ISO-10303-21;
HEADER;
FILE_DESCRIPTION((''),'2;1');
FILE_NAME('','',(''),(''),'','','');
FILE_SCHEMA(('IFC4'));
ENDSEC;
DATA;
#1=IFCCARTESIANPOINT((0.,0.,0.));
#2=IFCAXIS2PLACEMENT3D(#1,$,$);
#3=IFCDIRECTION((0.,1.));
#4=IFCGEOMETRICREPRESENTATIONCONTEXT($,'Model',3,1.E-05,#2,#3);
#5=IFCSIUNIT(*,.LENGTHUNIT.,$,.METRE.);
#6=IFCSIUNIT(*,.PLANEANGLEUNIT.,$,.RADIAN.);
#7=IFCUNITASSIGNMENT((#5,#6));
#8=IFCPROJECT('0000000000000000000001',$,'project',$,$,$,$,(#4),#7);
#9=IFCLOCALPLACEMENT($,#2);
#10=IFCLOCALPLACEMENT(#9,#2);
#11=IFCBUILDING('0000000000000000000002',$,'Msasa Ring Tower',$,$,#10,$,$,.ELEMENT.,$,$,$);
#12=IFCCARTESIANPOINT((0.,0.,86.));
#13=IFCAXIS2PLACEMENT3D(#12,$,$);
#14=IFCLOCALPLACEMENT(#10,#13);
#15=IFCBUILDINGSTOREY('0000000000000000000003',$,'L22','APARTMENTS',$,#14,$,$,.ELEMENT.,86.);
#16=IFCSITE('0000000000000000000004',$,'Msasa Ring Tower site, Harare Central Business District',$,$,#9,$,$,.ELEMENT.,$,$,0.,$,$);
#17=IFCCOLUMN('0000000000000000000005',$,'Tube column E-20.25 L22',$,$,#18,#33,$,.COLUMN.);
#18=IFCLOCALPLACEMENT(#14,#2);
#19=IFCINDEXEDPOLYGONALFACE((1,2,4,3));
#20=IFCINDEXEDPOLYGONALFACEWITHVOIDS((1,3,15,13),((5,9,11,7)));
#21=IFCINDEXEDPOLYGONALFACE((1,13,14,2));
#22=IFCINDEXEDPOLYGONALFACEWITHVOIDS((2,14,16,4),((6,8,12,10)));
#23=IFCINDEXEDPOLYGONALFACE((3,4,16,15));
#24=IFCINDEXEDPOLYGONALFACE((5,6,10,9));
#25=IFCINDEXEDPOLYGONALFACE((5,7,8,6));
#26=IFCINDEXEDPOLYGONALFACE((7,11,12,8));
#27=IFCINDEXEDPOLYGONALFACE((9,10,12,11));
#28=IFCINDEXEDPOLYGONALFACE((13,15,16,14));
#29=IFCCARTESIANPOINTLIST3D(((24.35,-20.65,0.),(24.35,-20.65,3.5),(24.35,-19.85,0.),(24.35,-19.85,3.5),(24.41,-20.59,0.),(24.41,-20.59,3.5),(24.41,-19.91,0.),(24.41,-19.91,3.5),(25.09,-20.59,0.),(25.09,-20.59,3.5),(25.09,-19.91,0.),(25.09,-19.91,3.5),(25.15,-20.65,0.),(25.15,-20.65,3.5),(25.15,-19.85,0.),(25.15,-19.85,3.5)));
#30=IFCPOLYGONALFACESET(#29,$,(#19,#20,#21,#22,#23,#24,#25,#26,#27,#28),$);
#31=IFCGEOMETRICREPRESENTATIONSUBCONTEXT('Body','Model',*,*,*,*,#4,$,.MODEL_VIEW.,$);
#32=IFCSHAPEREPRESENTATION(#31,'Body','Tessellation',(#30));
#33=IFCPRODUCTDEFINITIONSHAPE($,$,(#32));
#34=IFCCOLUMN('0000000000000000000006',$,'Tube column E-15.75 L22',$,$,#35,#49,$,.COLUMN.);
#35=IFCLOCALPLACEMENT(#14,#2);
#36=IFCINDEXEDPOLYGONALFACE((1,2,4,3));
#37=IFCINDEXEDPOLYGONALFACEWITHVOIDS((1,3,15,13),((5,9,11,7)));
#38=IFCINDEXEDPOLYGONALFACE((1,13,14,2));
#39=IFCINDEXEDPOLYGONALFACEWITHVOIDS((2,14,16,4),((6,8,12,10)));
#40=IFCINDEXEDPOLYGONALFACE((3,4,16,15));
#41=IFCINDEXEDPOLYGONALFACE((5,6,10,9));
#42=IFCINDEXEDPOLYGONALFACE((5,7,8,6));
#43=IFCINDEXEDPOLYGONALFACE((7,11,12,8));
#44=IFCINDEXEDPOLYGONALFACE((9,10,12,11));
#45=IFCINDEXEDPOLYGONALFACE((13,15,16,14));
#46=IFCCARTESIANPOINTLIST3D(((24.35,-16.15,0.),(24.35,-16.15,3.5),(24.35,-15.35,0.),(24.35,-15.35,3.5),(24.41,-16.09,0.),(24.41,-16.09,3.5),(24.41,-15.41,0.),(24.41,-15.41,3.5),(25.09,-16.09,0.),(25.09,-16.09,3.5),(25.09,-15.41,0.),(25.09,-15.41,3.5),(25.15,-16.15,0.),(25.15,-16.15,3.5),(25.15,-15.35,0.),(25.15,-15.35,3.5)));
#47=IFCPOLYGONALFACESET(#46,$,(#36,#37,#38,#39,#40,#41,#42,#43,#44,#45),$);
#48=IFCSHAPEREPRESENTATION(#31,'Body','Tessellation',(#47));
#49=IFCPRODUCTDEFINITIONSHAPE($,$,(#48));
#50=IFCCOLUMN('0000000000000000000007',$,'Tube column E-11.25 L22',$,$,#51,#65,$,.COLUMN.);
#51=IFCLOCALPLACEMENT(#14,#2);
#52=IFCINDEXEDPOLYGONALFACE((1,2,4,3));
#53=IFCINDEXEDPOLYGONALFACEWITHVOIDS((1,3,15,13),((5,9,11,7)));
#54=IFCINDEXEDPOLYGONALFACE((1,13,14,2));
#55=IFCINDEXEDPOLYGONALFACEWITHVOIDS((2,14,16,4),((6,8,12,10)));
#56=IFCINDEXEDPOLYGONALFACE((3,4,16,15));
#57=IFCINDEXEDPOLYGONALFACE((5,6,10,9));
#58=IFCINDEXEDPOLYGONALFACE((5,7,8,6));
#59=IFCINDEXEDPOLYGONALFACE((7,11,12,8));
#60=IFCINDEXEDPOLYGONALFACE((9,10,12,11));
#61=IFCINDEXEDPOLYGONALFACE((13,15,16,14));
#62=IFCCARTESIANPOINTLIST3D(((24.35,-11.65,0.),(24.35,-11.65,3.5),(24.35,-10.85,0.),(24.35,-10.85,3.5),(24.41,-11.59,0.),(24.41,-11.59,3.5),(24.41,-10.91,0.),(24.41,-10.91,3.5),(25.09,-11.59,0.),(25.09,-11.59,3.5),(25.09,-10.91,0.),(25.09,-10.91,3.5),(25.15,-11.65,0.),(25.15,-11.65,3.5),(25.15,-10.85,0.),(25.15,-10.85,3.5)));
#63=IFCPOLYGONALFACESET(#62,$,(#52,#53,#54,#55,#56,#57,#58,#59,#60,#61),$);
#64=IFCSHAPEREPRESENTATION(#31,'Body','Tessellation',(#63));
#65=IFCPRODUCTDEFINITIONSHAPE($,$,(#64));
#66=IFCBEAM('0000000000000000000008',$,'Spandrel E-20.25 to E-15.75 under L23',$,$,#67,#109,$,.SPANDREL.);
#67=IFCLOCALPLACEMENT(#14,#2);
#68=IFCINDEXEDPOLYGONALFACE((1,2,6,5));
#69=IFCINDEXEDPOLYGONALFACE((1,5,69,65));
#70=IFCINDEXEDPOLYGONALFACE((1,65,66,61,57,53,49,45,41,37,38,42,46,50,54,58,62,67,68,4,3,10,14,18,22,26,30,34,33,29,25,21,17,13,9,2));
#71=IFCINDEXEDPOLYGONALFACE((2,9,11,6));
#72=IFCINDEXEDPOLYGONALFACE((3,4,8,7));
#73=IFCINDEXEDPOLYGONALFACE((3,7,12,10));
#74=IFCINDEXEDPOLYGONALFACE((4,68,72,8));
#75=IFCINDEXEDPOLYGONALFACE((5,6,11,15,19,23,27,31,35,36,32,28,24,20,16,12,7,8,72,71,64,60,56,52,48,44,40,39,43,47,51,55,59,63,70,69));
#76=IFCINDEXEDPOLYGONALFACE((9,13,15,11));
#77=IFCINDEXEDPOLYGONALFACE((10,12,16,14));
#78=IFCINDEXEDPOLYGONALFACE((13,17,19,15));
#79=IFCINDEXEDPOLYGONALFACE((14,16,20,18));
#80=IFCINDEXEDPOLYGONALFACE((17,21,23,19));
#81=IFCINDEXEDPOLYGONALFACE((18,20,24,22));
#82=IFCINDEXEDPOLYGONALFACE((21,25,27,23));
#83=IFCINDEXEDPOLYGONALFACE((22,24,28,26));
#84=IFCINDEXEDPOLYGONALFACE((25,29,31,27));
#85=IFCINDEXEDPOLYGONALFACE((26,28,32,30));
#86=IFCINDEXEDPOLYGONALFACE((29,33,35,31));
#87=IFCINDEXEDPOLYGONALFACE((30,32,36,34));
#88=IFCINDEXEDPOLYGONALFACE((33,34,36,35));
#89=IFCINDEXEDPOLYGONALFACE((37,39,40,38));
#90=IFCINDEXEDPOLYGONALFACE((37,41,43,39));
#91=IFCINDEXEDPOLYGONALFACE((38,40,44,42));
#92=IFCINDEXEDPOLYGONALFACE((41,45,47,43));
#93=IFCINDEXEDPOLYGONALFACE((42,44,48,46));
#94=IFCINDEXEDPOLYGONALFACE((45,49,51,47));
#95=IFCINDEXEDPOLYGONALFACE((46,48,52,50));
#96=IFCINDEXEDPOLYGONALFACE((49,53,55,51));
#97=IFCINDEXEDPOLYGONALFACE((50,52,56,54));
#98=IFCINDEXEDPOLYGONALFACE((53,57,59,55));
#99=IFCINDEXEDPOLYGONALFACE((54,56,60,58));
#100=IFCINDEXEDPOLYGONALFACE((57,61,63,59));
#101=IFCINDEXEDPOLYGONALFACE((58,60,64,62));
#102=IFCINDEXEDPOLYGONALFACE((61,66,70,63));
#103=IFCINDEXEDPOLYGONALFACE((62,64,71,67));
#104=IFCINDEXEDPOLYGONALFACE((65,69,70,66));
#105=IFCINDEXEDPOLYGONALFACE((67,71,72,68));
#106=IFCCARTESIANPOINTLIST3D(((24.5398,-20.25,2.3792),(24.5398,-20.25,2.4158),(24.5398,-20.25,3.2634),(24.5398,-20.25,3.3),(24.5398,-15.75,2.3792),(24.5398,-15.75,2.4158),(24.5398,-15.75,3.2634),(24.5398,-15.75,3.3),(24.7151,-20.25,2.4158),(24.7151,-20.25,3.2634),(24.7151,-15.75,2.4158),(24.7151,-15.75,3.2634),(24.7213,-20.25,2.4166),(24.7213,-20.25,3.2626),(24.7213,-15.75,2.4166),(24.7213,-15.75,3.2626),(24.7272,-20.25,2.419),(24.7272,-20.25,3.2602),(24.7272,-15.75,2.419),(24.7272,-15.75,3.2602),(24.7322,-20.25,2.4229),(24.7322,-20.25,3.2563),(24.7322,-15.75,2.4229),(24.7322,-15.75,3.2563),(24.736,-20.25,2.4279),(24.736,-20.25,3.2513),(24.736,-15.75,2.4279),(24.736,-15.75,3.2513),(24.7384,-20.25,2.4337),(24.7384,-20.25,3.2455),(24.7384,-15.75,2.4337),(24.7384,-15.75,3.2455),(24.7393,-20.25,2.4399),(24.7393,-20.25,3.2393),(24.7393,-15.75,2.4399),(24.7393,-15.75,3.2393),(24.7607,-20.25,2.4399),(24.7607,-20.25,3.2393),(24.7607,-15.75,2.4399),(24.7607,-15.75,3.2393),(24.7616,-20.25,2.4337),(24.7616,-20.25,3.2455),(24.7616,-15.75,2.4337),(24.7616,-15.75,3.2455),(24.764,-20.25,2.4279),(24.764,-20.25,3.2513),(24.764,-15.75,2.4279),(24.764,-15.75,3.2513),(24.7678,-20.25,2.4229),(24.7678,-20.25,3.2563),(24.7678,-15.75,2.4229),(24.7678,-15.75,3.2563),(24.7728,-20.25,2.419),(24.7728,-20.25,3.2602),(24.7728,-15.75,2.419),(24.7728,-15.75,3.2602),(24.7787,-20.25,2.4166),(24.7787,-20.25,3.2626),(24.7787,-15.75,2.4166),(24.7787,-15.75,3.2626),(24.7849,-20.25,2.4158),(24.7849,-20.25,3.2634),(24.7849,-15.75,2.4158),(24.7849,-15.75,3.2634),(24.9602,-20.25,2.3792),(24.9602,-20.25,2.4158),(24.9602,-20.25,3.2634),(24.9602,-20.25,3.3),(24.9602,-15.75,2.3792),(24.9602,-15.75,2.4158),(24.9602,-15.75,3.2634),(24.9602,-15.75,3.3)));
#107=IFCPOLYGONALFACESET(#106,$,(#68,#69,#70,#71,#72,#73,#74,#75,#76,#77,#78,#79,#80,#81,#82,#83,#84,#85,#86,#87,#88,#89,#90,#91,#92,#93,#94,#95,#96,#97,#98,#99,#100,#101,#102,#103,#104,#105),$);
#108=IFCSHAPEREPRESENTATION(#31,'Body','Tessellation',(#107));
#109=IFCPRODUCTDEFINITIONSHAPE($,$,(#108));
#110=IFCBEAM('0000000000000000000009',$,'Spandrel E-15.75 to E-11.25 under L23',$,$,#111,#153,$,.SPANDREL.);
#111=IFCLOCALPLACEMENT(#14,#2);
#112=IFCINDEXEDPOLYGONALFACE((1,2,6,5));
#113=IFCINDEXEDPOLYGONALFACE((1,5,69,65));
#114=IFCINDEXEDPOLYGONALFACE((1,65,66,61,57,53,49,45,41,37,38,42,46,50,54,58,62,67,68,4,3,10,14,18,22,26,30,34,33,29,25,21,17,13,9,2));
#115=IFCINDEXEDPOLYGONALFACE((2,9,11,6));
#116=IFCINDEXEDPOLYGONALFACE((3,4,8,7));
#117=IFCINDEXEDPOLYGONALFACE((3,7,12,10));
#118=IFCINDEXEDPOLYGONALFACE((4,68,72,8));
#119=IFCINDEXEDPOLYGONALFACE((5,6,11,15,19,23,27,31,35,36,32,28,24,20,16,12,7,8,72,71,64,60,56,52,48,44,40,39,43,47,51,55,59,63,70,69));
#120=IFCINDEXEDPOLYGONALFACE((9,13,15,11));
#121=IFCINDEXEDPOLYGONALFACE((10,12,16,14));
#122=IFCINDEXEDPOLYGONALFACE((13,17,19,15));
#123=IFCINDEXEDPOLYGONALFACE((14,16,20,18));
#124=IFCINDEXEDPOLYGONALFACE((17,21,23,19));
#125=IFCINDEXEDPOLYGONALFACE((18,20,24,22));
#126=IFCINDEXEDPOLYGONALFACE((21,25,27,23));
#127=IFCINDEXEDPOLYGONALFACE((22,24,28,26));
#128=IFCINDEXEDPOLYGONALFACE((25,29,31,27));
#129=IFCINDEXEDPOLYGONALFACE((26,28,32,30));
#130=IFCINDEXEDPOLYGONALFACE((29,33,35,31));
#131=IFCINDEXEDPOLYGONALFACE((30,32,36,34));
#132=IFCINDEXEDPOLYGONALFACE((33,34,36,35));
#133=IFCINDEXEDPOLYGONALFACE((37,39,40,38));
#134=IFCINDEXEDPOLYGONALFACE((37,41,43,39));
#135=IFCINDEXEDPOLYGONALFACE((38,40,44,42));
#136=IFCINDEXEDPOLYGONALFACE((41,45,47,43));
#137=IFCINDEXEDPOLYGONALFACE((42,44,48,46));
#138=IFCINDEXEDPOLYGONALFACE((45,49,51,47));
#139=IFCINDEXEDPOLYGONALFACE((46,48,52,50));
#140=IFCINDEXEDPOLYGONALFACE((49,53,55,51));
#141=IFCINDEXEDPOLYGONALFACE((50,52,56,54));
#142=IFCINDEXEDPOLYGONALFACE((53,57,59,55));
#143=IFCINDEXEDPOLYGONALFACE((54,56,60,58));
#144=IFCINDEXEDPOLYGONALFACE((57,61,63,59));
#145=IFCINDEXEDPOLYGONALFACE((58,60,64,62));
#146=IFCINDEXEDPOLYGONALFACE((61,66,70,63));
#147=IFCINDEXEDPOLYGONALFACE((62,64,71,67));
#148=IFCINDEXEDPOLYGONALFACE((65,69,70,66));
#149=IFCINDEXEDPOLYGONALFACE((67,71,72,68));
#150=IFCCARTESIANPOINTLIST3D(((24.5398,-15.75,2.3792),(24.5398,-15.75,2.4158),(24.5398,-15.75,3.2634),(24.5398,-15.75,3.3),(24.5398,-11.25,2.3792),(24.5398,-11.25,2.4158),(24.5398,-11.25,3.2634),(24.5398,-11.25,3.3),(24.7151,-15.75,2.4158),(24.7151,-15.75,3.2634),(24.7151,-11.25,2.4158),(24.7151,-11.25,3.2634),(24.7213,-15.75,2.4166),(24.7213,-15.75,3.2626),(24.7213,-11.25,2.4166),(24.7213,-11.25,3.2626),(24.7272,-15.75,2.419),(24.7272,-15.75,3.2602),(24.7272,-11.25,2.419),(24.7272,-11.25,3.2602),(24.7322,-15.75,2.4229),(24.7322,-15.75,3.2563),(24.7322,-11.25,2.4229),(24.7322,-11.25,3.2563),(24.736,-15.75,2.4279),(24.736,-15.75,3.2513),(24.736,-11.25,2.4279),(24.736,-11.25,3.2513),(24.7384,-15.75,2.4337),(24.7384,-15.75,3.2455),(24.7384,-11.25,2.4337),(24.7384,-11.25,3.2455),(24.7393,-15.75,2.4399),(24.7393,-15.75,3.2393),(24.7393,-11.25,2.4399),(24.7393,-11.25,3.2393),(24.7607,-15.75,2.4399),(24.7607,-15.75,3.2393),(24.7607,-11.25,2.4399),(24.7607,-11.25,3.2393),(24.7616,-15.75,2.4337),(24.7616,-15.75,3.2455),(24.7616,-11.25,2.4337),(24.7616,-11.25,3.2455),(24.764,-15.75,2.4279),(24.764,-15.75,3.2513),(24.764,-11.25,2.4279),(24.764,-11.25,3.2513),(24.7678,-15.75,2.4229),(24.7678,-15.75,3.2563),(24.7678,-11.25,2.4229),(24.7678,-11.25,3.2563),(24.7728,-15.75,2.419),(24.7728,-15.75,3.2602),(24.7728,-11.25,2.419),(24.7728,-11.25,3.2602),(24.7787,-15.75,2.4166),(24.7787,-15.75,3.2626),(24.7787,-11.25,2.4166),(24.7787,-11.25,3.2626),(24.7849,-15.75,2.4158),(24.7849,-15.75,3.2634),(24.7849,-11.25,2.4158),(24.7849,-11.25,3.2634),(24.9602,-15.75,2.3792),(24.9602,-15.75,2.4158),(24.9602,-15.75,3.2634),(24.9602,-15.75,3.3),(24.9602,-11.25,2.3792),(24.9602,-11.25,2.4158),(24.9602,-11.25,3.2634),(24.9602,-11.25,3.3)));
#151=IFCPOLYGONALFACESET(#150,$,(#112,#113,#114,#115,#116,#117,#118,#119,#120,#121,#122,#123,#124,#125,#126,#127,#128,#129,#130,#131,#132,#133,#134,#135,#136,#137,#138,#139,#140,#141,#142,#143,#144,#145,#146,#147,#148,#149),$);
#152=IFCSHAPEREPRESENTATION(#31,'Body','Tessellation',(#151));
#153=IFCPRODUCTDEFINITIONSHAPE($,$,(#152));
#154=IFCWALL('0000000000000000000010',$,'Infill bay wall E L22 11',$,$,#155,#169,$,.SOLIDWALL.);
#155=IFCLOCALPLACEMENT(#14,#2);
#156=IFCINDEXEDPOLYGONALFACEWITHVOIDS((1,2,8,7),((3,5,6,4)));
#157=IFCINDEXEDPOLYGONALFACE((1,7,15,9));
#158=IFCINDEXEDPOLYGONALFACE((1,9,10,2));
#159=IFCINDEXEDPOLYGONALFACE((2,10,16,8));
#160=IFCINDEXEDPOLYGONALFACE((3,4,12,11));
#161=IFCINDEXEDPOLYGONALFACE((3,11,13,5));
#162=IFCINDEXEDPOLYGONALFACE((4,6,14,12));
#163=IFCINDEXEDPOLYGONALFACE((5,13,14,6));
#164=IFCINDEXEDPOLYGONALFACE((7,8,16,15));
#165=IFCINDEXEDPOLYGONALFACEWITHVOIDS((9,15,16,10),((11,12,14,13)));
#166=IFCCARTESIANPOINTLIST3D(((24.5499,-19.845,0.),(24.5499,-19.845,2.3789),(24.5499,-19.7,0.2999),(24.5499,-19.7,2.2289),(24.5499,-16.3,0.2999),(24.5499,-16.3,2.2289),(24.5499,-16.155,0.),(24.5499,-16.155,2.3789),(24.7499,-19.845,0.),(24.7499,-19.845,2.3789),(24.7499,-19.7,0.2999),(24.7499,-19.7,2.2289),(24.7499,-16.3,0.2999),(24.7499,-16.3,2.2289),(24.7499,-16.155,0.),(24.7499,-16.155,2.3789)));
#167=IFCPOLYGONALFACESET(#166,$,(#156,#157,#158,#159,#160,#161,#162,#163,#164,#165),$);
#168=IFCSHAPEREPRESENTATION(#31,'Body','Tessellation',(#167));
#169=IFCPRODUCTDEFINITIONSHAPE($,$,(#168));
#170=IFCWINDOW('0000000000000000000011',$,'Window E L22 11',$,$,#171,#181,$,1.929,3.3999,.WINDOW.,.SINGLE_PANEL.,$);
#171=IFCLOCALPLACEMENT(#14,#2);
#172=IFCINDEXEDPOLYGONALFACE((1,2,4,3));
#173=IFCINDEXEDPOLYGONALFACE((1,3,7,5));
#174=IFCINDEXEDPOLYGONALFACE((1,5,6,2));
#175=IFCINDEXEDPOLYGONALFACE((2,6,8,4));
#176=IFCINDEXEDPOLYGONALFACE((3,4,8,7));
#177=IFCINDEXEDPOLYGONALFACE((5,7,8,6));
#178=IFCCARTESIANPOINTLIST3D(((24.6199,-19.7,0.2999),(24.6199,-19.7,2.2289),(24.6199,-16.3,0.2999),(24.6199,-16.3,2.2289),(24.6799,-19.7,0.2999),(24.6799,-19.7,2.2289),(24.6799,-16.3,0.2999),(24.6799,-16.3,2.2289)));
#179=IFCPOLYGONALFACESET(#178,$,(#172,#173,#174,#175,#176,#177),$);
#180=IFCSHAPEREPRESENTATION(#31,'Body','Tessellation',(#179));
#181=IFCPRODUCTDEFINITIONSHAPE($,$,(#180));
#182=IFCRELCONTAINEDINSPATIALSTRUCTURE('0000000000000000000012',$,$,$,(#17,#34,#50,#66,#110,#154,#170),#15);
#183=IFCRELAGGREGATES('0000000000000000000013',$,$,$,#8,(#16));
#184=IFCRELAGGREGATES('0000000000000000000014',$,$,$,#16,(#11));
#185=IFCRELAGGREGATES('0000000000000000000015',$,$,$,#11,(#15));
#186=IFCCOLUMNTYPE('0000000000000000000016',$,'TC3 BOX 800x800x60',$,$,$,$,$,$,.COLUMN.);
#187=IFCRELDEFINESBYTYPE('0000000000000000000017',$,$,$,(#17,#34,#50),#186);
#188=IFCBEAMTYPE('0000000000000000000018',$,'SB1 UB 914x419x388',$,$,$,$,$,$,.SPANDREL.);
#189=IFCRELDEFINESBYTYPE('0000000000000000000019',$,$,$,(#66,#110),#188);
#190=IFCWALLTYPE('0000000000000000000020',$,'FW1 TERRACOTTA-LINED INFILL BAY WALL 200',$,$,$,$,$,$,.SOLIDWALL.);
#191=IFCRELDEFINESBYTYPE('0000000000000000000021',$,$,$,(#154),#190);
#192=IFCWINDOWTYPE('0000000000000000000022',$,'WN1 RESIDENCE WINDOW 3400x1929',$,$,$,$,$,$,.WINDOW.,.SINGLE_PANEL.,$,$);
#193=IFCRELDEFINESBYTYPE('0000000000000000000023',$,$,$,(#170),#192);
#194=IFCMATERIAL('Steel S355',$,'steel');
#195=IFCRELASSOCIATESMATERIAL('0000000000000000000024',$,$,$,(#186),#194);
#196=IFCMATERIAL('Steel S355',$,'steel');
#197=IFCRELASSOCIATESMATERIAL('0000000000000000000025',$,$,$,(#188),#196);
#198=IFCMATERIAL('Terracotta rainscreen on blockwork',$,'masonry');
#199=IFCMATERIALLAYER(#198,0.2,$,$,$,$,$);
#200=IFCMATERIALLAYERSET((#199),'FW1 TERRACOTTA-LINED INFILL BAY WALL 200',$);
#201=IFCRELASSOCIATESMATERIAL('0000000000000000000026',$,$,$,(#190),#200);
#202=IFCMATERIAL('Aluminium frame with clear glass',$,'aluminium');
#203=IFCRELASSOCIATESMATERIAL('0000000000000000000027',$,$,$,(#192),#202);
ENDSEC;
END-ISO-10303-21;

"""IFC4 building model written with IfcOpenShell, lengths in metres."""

from ifc_helpers import new_model, si_unit, direction, frame, frame_2d, origin, origin_2d, place, context, subcontext, project, spatial, rectangle, hollow_rectangle, i_section, extrude, material, layer, layer_set, material_profile, profile_set, type_object, element, fill, save


model = new_model("IFC4")

# Units and contexts
model_context = context("Model", 3, precision=1e-05, world=origin(), true_north=direction((0.0, 1.0)))
body_context = subcontext(model_context, "Body", "Model", "MODEL_VIEW")
ifc_project = project(units=[si_unit("LENGTHUNIT", "METRE"), si_unit("PLANEANGLEUNIT", "RADIAN")], contexts=[model_context])

# Site, building, storey
site_placement = place(None, origin())
site = spatial("IfcSite", under=ifc_project, at=site_placement, Name="Msasa Ring Tower site, Harare Central Business District", CompositionType="ELEMENT", RefElevation=0.0)
building_placement = place(site_placement, origin())
building = spatial("IfcBuilding", under=site, at=building_placement, Name="Msasa Ring Tower", CompositionType="ELEMENT")
storey_placement = place(building_placement, frame((0.0, 0.0, 86.0)))
storey = spatial("IfcBuildingStorey", under=building, at=storey_placement, Name="L22", Description="APARTMENTS", CompositionType="ELEMENT", Elevation=86.0)

# Columns
ifc_material_1 = material(Name="Steel S355", Category="steel")
ifc_material_profile_1 = material_profile(ifc_material_1, hollow_rectangle(XDim=0.8, YDim=0.8, WallThickness=0.0601, at=origin_2d()), Name="BOX 800x800x60")
ifc_profile_set_1 = profile_set([ifc_material_profile_1], Name="Steel S355")
column_type = type_object("IfcColumnType", Name="TC3 BOX 800x800x60", PredefinedType="COLUMN", material=ifc_profile_set_1)
for number, where, z_axis, x_axis, name in (
    (1, (24.75, -20.25, 0.0), (0.0, 0.0, 1.0), (1.0, 0.0, 0.0), "Tube column E-20.25 L22"),
    (2, (24.75, -15.75, 0.0), (0.0, 0.0, 1.0), (1.0, 0.0, 0.0), "Tube column E-15.75 L22"),
    (3, (24.75, -11.25, 0.0), (0.0, 0.0, 1.0), (1.0, 0.0, 0.0), "Tube column E-11.25 L22"),
):
    element("IfcColumn", number, at=place(storey_placement, frame(where, z_axis=z_axis, x_axis=x_axis)), inside=storey, type_object=column_type, Name=name, PredefinedType="COLUMN", context=body_context, shape_type="SweptSolid", body=[
        extrude(hollow_rectangle(XDim=0.8, YDim=0.8, WallThickness=0.0601, at=origin_2d()), origin(), (0.0, 0.0, 1.0), 3.5),
    ])

# Beams
ifc_material_2 = material(Name="Steel S355", Category="steel")
ifc_material_profile_2 = material_profile(ifc_material_2, i_section(OverallWidth=0.4204, OverallDepth=0.9209, WebThickness=0.0215, FlangeThickness=0.0366, FilletRadius=0.0242, at=origin_2d()), Name="UB 914x419x388")
ifc_profile_set_2 = profile_set([ifc_material_profile_2], Name="Steel S355")
beam_type = type_object("IfcBeamType", Name="SB1 UB 914x419x388", PredefinedType="SPANDREL", material=ifc_profile_set_2)
for number, where, z_axis, x_axis, name in (
    (4, (24.75, -20.25, 2.8396), (0.0, 1.0, 0.0), (-1.0, 0.0, 0.0), "Spandrel E-20.25 to E-15.75 under L23"),
    (5, (24.75, -15.75, 2.8396), (0.0, 1.0, 0.0), (-1.0, 0.0, 0.0), "Spandrel E-15.75 to E-11.25 under L23"),
):
    element("IfcBeam", number, at=place(storey_placement, frame(where, z_axis=z_axis, x_axis=x_axis)), inside=storey, type_object=beam_type, Name=name, PredefinedType="SPANDREL", context=body_context, shape_type="SweptSolid", body=[
        extrude(i_section(OverallWidth=0.4204, OverallDepth=0.9209, WebThickness=0.0215, FlangeThickness=0.0366, FilletRadius=0.0242, at=origin_2d()), origin(), (0.0, 0.0, 1.0), 4.5),
    ])

# Wall, opening, window
ifc_material_3 = material(Name="Terracotta rainscreen on blockwork", Category="masonry")
ifc_layer_1 = layer(ifc_material_3, 0.2)
ifc_layer_set_1 = layer_set([ifc_layer_1], Name="FW1 TERRACOTTA-LINED INFILL BAY WALL 200")
wall_type_1 = type_object("IfcWallType", Name="FW1 TERRACOTTA-LINED INFILL BAY WALL 200", PredefinedType="SOLIDWALL", material=ifc_layer_set_1)
wall_1_placement = place(storey_placement, frame((24.6499, -19.845, 0.0), z_axis=(0.0, 0.0, 1.0), x_axis=(0.0, 1.0, 0.0)))
wall_1 = element("IfcWall", 6, at=wall_1_placement, inside=storey, type_object=wall_type_1, Name="Infill bay wall E L22 11", PredefinedType="SOLIDWALL", context=body_context, shape_type="SweptSolid", body=[
    extrude(rectangle(XDim=3.6899, YDim=0.2, at=frame_2d((1.845, 0.0))), origin(), (0.0, 0.0, 1.0), 2.3789),
])
opening_1_placement = place(wall_1_placement, frame((0.145, 0.0, 0.3)))
opening_1 = element("IfcOpeningElement", 7, at=opening_1_placement, cuts=wall_1, PredefinedType="OPENING", context=body_context, shape_type="SweptSolid", body=[
    extrude(rectangle(XDim=3.3999, YDim=1.929, at=frame_2d((1.7, 0.9644))), frame((0.0, 0.1099, 0.0), z_axis=(0.0, -1.0, 0.0), x_axis=(1.0, 0.0, 0.0)), (0.0, 0.0, 1.0), 0.22),
])
ifc_material_4 = material(Name="Aluminium frame with clear glass", Category="aluminium")
window_type = type_object("IfcWindowType", Name="WN1 RESIDENCE WINDOW 3400x1929", PartitioningType="SINGLE_PANEL", PredefinedType="WINDOW", material=ifc_material_4)
window_1_placement = place(opening_1_placement, origin())
window_1 = element("IfcWindow", 8, at=window_1_placement, inside=storey, type_object=window_type, Name="Window E L22 11", OverallHeight=1.929, OverallWidth=3.3999, PartitioningType="SINGLE_PANEL", PredefinedType="WINDOW", context=body_context, shape_type="SweptSolid", body=[
    extrude(rectangle(XDim=3.3999, YDim=1.929, at=frame_2d((1.7, 0.9644))), frame((0.0, 0.03, 0.0), z_axis=(0.0, -1.0, 0.0), x_axis=(1.0, 0.0, 0.0)), (0.0, 0.0, 1.0), 0.0601),
])
fill(opening_1, window_1)

save(model, "model.ifc")
